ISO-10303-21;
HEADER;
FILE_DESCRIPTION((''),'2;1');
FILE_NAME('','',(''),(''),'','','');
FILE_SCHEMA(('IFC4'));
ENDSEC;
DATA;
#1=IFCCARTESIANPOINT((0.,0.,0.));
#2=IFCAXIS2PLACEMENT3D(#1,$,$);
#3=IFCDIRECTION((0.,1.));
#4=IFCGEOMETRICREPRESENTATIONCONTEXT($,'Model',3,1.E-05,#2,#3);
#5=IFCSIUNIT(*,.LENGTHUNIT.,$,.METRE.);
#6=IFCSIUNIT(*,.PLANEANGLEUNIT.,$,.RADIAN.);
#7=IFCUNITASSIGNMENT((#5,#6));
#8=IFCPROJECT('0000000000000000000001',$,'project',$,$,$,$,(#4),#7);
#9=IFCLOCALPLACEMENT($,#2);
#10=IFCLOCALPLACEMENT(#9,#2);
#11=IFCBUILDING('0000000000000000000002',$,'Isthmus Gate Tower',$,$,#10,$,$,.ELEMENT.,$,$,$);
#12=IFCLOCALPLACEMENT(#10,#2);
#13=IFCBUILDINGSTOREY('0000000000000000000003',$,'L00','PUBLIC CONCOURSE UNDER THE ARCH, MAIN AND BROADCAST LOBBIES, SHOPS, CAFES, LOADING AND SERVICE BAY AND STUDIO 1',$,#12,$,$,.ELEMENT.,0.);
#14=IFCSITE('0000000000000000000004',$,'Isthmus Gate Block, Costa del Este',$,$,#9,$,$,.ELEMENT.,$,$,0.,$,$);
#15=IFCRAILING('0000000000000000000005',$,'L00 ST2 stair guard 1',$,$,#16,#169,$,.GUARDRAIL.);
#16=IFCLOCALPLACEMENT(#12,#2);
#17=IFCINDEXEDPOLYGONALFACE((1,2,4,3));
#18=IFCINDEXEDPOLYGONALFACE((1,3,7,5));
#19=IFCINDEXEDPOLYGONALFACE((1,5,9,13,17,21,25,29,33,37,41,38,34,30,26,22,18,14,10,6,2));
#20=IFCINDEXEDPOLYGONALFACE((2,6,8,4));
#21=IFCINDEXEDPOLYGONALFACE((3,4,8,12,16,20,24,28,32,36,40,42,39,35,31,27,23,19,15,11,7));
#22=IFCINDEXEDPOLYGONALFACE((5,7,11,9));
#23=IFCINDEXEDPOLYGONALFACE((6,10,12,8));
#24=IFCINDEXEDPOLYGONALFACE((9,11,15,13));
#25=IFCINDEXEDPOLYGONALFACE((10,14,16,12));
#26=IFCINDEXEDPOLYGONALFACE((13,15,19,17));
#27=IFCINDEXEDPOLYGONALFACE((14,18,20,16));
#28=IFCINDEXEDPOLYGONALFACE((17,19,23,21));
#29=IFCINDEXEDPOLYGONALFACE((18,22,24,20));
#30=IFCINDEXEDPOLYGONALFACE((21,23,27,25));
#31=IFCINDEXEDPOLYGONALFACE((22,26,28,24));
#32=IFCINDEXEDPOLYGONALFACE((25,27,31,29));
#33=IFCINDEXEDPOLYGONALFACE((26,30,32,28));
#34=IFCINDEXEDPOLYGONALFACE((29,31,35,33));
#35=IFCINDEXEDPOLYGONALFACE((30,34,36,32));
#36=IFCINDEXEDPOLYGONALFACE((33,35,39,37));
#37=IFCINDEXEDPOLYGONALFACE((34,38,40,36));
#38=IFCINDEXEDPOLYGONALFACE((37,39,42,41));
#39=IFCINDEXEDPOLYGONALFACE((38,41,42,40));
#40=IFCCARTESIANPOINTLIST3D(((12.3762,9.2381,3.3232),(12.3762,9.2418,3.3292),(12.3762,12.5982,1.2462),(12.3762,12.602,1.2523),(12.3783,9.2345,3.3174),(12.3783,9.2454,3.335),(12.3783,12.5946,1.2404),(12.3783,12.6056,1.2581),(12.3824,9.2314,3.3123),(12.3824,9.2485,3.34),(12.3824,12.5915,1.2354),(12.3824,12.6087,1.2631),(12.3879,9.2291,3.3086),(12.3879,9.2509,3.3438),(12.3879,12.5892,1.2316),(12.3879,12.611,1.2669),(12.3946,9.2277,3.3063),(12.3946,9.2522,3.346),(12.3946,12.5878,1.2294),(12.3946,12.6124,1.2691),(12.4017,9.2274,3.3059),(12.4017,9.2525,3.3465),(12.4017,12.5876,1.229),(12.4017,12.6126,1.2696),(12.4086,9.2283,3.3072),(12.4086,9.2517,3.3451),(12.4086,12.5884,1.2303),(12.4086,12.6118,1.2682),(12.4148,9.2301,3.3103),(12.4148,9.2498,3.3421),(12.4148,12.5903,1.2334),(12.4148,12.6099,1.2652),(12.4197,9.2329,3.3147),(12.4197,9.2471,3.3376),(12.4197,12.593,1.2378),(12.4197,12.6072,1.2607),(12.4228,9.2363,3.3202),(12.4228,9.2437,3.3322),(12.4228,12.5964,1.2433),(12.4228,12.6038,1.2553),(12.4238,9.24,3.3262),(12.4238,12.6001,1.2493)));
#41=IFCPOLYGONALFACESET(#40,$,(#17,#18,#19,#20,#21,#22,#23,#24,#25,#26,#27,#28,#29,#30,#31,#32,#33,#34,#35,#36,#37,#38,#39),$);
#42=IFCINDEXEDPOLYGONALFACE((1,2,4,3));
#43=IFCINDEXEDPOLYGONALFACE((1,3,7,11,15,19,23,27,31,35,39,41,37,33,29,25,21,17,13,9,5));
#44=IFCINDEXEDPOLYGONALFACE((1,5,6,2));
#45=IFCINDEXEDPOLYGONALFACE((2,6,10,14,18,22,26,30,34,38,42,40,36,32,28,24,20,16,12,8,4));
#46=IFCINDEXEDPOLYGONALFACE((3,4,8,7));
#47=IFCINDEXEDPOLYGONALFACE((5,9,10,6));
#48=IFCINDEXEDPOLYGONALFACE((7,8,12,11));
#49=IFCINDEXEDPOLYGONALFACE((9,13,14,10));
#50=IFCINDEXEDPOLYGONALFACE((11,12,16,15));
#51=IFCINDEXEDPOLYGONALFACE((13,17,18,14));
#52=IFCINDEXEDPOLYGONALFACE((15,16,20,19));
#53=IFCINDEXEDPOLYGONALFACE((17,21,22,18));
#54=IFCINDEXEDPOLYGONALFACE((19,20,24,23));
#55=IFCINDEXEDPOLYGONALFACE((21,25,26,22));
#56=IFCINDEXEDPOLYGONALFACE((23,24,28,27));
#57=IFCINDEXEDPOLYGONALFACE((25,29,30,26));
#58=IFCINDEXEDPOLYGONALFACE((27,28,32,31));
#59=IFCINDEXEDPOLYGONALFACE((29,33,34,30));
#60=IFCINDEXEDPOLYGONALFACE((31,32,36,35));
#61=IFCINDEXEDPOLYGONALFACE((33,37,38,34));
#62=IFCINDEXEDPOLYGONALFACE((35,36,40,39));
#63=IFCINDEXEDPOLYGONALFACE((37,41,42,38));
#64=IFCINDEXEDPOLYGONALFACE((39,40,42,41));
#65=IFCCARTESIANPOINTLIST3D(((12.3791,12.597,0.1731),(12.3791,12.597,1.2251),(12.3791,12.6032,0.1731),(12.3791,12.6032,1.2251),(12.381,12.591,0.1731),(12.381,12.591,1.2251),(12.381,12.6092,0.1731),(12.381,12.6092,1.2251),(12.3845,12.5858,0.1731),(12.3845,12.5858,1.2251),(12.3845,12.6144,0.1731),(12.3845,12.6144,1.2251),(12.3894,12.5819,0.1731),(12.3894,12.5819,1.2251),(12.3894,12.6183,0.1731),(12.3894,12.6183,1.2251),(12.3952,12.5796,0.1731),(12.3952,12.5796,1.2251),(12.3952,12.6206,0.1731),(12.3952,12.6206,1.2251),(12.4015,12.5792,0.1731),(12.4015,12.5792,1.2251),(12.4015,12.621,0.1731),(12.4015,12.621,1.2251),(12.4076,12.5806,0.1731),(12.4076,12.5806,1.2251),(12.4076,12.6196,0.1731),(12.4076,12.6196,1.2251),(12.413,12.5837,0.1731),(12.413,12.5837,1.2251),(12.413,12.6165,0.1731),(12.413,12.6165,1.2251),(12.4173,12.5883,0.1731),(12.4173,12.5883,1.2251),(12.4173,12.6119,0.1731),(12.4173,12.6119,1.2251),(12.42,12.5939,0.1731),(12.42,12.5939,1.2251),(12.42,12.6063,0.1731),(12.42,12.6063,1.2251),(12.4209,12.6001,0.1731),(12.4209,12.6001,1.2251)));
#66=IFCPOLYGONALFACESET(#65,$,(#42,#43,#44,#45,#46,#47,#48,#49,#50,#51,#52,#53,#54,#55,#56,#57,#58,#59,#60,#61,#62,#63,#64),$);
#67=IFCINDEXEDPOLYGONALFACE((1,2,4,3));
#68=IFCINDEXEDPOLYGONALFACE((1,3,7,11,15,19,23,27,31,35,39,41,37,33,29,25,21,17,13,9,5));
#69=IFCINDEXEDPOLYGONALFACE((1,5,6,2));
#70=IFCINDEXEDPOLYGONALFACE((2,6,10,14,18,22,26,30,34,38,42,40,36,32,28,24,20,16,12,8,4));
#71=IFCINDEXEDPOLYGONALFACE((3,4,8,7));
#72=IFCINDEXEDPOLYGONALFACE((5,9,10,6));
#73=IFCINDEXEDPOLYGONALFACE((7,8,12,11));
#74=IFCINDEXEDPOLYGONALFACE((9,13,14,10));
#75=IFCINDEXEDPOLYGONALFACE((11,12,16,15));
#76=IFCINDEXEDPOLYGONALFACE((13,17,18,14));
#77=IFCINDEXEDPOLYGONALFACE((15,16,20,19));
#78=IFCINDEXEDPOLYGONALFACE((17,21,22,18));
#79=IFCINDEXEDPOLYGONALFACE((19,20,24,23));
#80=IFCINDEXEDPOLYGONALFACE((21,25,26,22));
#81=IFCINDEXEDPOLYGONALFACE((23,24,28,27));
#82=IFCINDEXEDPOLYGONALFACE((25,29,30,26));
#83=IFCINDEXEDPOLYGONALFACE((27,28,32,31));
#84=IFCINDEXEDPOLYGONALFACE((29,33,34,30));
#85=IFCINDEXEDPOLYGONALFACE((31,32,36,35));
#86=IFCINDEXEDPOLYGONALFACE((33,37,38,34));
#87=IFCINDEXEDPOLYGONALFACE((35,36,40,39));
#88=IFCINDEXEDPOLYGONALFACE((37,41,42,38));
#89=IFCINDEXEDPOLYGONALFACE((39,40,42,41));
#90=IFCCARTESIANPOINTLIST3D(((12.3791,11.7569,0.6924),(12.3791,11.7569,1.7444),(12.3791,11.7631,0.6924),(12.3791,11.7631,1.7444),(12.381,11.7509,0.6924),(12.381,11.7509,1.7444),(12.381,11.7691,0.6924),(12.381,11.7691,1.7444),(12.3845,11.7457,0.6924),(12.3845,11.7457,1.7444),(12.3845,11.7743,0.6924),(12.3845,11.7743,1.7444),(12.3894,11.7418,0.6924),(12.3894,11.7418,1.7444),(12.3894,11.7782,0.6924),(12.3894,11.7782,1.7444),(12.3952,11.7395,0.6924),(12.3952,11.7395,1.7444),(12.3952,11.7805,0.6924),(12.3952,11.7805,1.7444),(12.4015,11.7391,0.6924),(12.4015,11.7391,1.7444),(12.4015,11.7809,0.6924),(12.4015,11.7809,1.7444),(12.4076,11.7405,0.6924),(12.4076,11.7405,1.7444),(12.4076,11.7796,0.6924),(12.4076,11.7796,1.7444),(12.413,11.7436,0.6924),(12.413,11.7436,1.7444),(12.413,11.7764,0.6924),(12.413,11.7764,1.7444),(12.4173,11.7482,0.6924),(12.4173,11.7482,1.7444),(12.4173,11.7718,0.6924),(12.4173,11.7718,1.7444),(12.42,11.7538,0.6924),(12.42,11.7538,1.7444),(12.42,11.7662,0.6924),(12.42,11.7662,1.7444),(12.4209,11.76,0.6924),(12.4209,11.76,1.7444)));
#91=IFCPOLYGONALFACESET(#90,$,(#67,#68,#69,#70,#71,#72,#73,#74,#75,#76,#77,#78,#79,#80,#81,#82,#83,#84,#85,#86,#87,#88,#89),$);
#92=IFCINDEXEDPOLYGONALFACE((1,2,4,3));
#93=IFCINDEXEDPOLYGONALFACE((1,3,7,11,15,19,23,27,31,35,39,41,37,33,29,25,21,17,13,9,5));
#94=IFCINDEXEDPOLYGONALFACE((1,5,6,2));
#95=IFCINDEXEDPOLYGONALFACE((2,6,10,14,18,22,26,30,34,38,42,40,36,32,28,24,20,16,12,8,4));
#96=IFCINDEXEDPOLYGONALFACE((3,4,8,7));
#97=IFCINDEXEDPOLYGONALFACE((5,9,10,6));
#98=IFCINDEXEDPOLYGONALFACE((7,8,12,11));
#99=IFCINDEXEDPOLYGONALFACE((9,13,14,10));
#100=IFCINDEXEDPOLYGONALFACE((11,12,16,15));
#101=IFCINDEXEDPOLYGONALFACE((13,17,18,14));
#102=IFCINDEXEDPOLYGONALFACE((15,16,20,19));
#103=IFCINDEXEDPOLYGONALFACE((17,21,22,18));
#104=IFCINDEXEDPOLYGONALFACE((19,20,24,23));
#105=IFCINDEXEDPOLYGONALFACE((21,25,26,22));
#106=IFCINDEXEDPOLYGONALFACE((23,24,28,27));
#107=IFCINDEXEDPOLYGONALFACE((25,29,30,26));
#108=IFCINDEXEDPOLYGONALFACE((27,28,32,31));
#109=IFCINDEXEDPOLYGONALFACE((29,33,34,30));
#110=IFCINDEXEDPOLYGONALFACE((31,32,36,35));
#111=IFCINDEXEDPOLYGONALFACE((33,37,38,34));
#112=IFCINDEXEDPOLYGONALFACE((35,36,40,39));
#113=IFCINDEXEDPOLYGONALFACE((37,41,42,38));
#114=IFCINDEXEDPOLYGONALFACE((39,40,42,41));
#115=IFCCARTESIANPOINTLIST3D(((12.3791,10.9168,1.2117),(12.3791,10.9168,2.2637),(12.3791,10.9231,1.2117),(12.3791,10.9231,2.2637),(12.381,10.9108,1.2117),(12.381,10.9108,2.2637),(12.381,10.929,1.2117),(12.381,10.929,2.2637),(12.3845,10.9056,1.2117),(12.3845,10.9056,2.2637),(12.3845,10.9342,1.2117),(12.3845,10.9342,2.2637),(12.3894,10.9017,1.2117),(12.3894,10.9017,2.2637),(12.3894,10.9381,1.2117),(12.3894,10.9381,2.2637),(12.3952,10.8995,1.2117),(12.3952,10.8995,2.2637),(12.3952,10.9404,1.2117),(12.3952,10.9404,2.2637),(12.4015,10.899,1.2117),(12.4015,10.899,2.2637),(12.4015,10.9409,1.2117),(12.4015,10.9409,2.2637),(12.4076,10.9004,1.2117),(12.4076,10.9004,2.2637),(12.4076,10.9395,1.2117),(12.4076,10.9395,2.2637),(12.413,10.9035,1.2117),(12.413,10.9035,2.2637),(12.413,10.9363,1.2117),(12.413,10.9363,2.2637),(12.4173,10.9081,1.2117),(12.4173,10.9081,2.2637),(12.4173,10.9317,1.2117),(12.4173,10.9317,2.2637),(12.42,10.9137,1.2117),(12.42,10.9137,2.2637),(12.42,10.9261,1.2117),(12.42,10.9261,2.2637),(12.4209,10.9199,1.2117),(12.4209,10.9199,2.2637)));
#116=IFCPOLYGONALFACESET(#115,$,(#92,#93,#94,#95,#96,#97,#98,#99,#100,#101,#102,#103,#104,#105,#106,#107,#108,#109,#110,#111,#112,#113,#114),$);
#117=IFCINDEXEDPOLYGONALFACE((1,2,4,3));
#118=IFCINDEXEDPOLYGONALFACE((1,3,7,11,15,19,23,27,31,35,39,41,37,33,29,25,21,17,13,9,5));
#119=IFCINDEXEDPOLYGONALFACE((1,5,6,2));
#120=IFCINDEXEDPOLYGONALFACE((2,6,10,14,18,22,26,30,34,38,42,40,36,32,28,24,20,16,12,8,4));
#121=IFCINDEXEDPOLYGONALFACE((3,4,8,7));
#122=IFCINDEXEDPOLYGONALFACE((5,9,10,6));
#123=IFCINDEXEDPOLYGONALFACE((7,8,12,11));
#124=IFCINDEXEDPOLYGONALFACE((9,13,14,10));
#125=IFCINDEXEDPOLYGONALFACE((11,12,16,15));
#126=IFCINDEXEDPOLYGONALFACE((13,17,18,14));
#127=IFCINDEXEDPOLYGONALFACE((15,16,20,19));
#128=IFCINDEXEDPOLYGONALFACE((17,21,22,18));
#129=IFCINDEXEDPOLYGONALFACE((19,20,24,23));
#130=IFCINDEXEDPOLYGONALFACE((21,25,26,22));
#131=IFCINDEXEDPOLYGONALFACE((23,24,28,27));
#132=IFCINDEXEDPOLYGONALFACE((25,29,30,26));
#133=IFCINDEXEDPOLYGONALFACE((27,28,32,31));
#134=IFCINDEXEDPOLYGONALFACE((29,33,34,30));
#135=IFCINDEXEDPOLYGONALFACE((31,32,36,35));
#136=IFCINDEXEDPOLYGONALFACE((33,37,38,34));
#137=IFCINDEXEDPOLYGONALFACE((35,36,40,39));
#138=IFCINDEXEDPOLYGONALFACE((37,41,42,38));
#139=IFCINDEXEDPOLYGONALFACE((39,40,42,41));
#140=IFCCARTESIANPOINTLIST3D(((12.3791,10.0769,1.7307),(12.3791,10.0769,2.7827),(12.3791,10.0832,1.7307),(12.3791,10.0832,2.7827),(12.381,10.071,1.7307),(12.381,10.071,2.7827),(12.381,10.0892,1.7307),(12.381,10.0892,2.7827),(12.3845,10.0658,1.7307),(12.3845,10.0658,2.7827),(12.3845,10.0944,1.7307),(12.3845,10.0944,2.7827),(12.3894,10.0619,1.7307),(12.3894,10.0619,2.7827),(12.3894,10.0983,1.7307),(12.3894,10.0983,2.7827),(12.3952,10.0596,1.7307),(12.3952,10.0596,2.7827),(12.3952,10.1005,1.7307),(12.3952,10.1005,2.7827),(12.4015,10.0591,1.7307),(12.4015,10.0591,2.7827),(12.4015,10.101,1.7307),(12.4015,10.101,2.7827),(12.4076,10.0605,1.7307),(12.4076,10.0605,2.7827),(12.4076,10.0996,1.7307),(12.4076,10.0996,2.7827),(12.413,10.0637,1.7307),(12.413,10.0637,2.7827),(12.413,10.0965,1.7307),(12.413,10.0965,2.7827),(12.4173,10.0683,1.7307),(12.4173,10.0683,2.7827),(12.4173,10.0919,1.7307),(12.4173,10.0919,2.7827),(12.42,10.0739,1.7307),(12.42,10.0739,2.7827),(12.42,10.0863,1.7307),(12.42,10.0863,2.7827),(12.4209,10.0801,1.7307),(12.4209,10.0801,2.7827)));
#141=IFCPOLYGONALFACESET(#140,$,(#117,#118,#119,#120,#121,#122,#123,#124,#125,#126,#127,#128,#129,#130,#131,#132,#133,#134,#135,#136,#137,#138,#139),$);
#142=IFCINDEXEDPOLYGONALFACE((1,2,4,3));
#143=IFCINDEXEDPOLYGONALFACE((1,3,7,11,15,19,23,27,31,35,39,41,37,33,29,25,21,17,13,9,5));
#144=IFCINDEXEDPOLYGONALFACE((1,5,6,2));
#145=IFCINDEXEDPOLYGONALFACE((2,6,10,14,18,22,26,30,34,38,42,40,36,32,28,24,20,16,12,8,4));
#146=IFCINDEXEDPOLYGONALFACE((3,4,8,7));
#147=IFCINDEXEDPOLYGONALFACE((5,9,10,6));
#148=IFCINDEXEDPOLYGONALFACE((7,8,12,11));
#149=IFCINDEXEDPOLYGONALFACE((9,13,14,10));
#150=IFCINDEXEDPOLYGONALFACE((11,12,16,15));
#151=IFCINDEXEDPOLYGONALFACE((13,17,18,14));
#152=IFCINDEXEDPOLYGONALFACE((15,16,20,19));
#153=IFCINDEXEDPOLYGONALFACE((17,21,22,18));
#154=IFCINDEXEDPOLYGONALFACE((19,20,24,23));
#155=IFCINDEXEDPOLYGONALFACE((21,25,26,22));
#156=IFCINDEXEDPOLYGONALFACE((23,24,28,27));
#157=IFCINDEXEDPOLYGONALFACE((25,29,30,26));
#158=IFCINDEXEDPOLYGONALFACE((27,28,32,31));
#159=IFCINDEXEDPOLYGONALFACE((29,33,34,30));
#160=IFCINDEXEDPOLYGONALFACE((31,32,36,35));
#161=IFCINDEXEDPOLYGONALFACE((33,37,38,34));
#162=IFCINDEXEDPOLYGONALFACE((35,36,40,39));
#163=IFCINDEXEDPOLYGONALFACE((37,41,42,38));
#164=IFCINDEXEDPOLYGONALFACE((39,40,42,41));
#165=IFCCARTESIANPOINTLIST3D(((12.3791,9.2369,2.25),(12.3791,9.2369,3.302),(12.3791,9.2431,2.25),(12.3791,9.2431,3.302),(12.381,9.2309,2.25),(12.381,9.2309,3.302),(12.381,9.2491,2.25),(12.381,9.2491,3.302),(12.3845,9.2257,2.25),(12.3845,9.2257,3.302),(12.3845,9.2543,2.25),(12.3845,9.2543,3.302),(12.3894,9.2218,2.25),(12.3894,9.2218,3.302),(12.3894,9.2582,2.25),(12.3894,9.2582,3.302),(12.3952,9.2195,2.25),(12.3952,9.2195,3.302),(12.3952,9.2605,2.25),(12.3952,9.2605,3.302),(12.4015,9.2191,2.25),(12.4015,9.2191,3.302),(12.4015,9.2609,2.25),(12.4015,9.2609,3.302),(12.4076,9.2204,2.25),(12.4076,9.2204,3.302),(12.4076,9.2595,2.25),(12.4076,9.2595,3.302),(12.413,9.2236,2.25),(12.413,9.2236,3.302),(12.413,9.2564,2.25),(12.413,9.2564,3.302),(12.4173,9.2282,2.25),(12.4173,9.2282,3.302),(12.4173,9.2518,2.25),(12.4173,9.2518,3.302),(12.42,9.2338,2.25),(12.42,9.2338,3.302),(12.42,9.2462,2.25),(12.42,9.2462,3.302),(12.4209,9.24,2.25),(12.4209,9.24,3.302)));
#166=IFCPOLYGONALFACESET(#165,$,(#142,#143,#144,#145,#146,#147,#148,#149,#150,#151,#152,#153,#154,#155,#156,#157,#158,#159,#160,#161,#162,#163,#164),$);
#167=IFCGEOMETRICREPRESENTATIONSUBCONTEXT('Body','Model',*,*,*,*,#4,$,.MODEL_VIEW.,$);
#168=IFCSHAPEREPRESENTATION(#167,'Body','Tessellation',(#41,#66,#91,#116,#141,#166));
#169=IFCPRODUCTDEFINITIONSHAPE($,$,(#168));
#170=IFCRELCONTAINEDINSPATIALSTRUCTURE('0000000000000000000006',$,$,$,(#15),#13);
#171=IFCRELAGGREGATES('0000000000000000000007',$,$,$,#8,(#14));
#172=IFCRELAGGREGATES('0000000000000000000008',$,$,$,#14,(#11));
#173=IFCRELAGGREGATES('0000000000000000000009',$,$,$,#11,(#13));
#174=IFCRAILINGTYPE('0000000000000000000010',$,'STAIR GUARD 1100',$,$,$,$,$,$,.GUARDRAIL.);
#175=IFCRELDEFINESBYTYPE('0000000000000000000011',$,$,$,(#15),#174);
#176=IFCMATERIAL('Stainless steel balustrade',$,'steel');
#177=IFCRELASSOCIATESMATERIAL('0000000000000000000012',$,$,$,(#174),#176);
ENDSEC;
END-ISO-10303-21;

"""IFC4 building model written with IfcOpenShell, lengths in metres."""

from ifc_helpers import new_model, si_unit, direction, frame, origin, origin_2d, place, context, subcontext, project, spatial, circle, extrude, material, type_object, element, save


model = new_model("IFC4")

# Units and contexts
model_context = context("Model", 3, precision=1e-05, world=origin(), true_north=direction((0.0, 1.0)))
body_context = subcontext(model_context, "Body", "Model", "MODEL_VIEW")
ifc_project = project(units=[si_unit("LENGTHUNIT", "METRE"), si_unit("PLANEANGLEUNIT", "RADIAN")], contexts=[model_context])

# Site, building, storey
site_placement = place(None, origin())
site = spatial("IfcSite", under=ifc_project, at=site_placement, Name="Isthmus Gate Block, Costa del Este", CompositionType="ELEMENT", RefElevation=0.0)
building_placement = place(site_placement, origin())
building = spatial("IfcBuilding", under=site, at=building_placement, Name="Isthmus Gate Tower", CompositionType="ELEMENT")
storey_placement = place(building_placement, origin())
storey = spatial("IfcBuildingStorey", under=building, at=storey_placement, Name="L00", Description="PUBLIC CONCOURSE UNDER THE ARCH, MAIN AND BROADCAST LOBBIES, SHOPS, CAFES, LOADING AND SERVICE BAY AND STUDIO 1", CompositionType="ELEMENT", Elevation=0.0)

# Railing
ifc_material_1 = material(Name="Stainless steel balustrade", Category="steel")
railing_type_1 = type_object("IfcRailingType", Name="STAIR GUARD 1100", PredefinedType="GUARDRAIL", material=ifc_material_1)
for number, where, name in (
    (1, (12.3999, 12.6001, 0.1731), "L00 ST2 stair guard 1"),
):
    element("IfcRailing", number, at=place(storey_placement, frame(where)), inside=storey, type_object=railing_type_1, Name=name, PredefinedType="GUARDRAIL", context=body_context, shape_type="SweptSolid", body=[
        extrude(circle(Radius=0.0239, at=origin_2d()), frame((0.0, 0.0, 1.0762), z_axis=(0.0, -0.850623, 0.525776), x_axis=(1.0, 0.0, 0.0)), (0.0, 0.0, 1.0), 3.9502),
        extrude(circle(Radius=0.021, at=origin_2d()), origin(), (0.0, 0.0, 1.0), 1.052),
        extrude(circle(Radius=0.021, at=origin_2d()), frame((0.0, -0.8401, 0.5193)), (0.0, 0.0, 1.0), 1.052),
        extrude(circle(Radius=0.021, at=origin_2d()), frame((0.0, -1.6802, 1.0386)), (0.0, 0.0, 1.0), 1.052),
        extrude(circle(Radius=0.021, at=origin_2d()), frame((0.0, -2.52, 1.5576)), (0.0, 0.0, 1.0), 1.052),
        extrude(circle(Radius=0.021, at=origin_2d()), frame((0.0, -3.3601, 2.0769)), (0.0, 0.0, 1.0), 1.052),
    ])

save(model, "model.ifc")
